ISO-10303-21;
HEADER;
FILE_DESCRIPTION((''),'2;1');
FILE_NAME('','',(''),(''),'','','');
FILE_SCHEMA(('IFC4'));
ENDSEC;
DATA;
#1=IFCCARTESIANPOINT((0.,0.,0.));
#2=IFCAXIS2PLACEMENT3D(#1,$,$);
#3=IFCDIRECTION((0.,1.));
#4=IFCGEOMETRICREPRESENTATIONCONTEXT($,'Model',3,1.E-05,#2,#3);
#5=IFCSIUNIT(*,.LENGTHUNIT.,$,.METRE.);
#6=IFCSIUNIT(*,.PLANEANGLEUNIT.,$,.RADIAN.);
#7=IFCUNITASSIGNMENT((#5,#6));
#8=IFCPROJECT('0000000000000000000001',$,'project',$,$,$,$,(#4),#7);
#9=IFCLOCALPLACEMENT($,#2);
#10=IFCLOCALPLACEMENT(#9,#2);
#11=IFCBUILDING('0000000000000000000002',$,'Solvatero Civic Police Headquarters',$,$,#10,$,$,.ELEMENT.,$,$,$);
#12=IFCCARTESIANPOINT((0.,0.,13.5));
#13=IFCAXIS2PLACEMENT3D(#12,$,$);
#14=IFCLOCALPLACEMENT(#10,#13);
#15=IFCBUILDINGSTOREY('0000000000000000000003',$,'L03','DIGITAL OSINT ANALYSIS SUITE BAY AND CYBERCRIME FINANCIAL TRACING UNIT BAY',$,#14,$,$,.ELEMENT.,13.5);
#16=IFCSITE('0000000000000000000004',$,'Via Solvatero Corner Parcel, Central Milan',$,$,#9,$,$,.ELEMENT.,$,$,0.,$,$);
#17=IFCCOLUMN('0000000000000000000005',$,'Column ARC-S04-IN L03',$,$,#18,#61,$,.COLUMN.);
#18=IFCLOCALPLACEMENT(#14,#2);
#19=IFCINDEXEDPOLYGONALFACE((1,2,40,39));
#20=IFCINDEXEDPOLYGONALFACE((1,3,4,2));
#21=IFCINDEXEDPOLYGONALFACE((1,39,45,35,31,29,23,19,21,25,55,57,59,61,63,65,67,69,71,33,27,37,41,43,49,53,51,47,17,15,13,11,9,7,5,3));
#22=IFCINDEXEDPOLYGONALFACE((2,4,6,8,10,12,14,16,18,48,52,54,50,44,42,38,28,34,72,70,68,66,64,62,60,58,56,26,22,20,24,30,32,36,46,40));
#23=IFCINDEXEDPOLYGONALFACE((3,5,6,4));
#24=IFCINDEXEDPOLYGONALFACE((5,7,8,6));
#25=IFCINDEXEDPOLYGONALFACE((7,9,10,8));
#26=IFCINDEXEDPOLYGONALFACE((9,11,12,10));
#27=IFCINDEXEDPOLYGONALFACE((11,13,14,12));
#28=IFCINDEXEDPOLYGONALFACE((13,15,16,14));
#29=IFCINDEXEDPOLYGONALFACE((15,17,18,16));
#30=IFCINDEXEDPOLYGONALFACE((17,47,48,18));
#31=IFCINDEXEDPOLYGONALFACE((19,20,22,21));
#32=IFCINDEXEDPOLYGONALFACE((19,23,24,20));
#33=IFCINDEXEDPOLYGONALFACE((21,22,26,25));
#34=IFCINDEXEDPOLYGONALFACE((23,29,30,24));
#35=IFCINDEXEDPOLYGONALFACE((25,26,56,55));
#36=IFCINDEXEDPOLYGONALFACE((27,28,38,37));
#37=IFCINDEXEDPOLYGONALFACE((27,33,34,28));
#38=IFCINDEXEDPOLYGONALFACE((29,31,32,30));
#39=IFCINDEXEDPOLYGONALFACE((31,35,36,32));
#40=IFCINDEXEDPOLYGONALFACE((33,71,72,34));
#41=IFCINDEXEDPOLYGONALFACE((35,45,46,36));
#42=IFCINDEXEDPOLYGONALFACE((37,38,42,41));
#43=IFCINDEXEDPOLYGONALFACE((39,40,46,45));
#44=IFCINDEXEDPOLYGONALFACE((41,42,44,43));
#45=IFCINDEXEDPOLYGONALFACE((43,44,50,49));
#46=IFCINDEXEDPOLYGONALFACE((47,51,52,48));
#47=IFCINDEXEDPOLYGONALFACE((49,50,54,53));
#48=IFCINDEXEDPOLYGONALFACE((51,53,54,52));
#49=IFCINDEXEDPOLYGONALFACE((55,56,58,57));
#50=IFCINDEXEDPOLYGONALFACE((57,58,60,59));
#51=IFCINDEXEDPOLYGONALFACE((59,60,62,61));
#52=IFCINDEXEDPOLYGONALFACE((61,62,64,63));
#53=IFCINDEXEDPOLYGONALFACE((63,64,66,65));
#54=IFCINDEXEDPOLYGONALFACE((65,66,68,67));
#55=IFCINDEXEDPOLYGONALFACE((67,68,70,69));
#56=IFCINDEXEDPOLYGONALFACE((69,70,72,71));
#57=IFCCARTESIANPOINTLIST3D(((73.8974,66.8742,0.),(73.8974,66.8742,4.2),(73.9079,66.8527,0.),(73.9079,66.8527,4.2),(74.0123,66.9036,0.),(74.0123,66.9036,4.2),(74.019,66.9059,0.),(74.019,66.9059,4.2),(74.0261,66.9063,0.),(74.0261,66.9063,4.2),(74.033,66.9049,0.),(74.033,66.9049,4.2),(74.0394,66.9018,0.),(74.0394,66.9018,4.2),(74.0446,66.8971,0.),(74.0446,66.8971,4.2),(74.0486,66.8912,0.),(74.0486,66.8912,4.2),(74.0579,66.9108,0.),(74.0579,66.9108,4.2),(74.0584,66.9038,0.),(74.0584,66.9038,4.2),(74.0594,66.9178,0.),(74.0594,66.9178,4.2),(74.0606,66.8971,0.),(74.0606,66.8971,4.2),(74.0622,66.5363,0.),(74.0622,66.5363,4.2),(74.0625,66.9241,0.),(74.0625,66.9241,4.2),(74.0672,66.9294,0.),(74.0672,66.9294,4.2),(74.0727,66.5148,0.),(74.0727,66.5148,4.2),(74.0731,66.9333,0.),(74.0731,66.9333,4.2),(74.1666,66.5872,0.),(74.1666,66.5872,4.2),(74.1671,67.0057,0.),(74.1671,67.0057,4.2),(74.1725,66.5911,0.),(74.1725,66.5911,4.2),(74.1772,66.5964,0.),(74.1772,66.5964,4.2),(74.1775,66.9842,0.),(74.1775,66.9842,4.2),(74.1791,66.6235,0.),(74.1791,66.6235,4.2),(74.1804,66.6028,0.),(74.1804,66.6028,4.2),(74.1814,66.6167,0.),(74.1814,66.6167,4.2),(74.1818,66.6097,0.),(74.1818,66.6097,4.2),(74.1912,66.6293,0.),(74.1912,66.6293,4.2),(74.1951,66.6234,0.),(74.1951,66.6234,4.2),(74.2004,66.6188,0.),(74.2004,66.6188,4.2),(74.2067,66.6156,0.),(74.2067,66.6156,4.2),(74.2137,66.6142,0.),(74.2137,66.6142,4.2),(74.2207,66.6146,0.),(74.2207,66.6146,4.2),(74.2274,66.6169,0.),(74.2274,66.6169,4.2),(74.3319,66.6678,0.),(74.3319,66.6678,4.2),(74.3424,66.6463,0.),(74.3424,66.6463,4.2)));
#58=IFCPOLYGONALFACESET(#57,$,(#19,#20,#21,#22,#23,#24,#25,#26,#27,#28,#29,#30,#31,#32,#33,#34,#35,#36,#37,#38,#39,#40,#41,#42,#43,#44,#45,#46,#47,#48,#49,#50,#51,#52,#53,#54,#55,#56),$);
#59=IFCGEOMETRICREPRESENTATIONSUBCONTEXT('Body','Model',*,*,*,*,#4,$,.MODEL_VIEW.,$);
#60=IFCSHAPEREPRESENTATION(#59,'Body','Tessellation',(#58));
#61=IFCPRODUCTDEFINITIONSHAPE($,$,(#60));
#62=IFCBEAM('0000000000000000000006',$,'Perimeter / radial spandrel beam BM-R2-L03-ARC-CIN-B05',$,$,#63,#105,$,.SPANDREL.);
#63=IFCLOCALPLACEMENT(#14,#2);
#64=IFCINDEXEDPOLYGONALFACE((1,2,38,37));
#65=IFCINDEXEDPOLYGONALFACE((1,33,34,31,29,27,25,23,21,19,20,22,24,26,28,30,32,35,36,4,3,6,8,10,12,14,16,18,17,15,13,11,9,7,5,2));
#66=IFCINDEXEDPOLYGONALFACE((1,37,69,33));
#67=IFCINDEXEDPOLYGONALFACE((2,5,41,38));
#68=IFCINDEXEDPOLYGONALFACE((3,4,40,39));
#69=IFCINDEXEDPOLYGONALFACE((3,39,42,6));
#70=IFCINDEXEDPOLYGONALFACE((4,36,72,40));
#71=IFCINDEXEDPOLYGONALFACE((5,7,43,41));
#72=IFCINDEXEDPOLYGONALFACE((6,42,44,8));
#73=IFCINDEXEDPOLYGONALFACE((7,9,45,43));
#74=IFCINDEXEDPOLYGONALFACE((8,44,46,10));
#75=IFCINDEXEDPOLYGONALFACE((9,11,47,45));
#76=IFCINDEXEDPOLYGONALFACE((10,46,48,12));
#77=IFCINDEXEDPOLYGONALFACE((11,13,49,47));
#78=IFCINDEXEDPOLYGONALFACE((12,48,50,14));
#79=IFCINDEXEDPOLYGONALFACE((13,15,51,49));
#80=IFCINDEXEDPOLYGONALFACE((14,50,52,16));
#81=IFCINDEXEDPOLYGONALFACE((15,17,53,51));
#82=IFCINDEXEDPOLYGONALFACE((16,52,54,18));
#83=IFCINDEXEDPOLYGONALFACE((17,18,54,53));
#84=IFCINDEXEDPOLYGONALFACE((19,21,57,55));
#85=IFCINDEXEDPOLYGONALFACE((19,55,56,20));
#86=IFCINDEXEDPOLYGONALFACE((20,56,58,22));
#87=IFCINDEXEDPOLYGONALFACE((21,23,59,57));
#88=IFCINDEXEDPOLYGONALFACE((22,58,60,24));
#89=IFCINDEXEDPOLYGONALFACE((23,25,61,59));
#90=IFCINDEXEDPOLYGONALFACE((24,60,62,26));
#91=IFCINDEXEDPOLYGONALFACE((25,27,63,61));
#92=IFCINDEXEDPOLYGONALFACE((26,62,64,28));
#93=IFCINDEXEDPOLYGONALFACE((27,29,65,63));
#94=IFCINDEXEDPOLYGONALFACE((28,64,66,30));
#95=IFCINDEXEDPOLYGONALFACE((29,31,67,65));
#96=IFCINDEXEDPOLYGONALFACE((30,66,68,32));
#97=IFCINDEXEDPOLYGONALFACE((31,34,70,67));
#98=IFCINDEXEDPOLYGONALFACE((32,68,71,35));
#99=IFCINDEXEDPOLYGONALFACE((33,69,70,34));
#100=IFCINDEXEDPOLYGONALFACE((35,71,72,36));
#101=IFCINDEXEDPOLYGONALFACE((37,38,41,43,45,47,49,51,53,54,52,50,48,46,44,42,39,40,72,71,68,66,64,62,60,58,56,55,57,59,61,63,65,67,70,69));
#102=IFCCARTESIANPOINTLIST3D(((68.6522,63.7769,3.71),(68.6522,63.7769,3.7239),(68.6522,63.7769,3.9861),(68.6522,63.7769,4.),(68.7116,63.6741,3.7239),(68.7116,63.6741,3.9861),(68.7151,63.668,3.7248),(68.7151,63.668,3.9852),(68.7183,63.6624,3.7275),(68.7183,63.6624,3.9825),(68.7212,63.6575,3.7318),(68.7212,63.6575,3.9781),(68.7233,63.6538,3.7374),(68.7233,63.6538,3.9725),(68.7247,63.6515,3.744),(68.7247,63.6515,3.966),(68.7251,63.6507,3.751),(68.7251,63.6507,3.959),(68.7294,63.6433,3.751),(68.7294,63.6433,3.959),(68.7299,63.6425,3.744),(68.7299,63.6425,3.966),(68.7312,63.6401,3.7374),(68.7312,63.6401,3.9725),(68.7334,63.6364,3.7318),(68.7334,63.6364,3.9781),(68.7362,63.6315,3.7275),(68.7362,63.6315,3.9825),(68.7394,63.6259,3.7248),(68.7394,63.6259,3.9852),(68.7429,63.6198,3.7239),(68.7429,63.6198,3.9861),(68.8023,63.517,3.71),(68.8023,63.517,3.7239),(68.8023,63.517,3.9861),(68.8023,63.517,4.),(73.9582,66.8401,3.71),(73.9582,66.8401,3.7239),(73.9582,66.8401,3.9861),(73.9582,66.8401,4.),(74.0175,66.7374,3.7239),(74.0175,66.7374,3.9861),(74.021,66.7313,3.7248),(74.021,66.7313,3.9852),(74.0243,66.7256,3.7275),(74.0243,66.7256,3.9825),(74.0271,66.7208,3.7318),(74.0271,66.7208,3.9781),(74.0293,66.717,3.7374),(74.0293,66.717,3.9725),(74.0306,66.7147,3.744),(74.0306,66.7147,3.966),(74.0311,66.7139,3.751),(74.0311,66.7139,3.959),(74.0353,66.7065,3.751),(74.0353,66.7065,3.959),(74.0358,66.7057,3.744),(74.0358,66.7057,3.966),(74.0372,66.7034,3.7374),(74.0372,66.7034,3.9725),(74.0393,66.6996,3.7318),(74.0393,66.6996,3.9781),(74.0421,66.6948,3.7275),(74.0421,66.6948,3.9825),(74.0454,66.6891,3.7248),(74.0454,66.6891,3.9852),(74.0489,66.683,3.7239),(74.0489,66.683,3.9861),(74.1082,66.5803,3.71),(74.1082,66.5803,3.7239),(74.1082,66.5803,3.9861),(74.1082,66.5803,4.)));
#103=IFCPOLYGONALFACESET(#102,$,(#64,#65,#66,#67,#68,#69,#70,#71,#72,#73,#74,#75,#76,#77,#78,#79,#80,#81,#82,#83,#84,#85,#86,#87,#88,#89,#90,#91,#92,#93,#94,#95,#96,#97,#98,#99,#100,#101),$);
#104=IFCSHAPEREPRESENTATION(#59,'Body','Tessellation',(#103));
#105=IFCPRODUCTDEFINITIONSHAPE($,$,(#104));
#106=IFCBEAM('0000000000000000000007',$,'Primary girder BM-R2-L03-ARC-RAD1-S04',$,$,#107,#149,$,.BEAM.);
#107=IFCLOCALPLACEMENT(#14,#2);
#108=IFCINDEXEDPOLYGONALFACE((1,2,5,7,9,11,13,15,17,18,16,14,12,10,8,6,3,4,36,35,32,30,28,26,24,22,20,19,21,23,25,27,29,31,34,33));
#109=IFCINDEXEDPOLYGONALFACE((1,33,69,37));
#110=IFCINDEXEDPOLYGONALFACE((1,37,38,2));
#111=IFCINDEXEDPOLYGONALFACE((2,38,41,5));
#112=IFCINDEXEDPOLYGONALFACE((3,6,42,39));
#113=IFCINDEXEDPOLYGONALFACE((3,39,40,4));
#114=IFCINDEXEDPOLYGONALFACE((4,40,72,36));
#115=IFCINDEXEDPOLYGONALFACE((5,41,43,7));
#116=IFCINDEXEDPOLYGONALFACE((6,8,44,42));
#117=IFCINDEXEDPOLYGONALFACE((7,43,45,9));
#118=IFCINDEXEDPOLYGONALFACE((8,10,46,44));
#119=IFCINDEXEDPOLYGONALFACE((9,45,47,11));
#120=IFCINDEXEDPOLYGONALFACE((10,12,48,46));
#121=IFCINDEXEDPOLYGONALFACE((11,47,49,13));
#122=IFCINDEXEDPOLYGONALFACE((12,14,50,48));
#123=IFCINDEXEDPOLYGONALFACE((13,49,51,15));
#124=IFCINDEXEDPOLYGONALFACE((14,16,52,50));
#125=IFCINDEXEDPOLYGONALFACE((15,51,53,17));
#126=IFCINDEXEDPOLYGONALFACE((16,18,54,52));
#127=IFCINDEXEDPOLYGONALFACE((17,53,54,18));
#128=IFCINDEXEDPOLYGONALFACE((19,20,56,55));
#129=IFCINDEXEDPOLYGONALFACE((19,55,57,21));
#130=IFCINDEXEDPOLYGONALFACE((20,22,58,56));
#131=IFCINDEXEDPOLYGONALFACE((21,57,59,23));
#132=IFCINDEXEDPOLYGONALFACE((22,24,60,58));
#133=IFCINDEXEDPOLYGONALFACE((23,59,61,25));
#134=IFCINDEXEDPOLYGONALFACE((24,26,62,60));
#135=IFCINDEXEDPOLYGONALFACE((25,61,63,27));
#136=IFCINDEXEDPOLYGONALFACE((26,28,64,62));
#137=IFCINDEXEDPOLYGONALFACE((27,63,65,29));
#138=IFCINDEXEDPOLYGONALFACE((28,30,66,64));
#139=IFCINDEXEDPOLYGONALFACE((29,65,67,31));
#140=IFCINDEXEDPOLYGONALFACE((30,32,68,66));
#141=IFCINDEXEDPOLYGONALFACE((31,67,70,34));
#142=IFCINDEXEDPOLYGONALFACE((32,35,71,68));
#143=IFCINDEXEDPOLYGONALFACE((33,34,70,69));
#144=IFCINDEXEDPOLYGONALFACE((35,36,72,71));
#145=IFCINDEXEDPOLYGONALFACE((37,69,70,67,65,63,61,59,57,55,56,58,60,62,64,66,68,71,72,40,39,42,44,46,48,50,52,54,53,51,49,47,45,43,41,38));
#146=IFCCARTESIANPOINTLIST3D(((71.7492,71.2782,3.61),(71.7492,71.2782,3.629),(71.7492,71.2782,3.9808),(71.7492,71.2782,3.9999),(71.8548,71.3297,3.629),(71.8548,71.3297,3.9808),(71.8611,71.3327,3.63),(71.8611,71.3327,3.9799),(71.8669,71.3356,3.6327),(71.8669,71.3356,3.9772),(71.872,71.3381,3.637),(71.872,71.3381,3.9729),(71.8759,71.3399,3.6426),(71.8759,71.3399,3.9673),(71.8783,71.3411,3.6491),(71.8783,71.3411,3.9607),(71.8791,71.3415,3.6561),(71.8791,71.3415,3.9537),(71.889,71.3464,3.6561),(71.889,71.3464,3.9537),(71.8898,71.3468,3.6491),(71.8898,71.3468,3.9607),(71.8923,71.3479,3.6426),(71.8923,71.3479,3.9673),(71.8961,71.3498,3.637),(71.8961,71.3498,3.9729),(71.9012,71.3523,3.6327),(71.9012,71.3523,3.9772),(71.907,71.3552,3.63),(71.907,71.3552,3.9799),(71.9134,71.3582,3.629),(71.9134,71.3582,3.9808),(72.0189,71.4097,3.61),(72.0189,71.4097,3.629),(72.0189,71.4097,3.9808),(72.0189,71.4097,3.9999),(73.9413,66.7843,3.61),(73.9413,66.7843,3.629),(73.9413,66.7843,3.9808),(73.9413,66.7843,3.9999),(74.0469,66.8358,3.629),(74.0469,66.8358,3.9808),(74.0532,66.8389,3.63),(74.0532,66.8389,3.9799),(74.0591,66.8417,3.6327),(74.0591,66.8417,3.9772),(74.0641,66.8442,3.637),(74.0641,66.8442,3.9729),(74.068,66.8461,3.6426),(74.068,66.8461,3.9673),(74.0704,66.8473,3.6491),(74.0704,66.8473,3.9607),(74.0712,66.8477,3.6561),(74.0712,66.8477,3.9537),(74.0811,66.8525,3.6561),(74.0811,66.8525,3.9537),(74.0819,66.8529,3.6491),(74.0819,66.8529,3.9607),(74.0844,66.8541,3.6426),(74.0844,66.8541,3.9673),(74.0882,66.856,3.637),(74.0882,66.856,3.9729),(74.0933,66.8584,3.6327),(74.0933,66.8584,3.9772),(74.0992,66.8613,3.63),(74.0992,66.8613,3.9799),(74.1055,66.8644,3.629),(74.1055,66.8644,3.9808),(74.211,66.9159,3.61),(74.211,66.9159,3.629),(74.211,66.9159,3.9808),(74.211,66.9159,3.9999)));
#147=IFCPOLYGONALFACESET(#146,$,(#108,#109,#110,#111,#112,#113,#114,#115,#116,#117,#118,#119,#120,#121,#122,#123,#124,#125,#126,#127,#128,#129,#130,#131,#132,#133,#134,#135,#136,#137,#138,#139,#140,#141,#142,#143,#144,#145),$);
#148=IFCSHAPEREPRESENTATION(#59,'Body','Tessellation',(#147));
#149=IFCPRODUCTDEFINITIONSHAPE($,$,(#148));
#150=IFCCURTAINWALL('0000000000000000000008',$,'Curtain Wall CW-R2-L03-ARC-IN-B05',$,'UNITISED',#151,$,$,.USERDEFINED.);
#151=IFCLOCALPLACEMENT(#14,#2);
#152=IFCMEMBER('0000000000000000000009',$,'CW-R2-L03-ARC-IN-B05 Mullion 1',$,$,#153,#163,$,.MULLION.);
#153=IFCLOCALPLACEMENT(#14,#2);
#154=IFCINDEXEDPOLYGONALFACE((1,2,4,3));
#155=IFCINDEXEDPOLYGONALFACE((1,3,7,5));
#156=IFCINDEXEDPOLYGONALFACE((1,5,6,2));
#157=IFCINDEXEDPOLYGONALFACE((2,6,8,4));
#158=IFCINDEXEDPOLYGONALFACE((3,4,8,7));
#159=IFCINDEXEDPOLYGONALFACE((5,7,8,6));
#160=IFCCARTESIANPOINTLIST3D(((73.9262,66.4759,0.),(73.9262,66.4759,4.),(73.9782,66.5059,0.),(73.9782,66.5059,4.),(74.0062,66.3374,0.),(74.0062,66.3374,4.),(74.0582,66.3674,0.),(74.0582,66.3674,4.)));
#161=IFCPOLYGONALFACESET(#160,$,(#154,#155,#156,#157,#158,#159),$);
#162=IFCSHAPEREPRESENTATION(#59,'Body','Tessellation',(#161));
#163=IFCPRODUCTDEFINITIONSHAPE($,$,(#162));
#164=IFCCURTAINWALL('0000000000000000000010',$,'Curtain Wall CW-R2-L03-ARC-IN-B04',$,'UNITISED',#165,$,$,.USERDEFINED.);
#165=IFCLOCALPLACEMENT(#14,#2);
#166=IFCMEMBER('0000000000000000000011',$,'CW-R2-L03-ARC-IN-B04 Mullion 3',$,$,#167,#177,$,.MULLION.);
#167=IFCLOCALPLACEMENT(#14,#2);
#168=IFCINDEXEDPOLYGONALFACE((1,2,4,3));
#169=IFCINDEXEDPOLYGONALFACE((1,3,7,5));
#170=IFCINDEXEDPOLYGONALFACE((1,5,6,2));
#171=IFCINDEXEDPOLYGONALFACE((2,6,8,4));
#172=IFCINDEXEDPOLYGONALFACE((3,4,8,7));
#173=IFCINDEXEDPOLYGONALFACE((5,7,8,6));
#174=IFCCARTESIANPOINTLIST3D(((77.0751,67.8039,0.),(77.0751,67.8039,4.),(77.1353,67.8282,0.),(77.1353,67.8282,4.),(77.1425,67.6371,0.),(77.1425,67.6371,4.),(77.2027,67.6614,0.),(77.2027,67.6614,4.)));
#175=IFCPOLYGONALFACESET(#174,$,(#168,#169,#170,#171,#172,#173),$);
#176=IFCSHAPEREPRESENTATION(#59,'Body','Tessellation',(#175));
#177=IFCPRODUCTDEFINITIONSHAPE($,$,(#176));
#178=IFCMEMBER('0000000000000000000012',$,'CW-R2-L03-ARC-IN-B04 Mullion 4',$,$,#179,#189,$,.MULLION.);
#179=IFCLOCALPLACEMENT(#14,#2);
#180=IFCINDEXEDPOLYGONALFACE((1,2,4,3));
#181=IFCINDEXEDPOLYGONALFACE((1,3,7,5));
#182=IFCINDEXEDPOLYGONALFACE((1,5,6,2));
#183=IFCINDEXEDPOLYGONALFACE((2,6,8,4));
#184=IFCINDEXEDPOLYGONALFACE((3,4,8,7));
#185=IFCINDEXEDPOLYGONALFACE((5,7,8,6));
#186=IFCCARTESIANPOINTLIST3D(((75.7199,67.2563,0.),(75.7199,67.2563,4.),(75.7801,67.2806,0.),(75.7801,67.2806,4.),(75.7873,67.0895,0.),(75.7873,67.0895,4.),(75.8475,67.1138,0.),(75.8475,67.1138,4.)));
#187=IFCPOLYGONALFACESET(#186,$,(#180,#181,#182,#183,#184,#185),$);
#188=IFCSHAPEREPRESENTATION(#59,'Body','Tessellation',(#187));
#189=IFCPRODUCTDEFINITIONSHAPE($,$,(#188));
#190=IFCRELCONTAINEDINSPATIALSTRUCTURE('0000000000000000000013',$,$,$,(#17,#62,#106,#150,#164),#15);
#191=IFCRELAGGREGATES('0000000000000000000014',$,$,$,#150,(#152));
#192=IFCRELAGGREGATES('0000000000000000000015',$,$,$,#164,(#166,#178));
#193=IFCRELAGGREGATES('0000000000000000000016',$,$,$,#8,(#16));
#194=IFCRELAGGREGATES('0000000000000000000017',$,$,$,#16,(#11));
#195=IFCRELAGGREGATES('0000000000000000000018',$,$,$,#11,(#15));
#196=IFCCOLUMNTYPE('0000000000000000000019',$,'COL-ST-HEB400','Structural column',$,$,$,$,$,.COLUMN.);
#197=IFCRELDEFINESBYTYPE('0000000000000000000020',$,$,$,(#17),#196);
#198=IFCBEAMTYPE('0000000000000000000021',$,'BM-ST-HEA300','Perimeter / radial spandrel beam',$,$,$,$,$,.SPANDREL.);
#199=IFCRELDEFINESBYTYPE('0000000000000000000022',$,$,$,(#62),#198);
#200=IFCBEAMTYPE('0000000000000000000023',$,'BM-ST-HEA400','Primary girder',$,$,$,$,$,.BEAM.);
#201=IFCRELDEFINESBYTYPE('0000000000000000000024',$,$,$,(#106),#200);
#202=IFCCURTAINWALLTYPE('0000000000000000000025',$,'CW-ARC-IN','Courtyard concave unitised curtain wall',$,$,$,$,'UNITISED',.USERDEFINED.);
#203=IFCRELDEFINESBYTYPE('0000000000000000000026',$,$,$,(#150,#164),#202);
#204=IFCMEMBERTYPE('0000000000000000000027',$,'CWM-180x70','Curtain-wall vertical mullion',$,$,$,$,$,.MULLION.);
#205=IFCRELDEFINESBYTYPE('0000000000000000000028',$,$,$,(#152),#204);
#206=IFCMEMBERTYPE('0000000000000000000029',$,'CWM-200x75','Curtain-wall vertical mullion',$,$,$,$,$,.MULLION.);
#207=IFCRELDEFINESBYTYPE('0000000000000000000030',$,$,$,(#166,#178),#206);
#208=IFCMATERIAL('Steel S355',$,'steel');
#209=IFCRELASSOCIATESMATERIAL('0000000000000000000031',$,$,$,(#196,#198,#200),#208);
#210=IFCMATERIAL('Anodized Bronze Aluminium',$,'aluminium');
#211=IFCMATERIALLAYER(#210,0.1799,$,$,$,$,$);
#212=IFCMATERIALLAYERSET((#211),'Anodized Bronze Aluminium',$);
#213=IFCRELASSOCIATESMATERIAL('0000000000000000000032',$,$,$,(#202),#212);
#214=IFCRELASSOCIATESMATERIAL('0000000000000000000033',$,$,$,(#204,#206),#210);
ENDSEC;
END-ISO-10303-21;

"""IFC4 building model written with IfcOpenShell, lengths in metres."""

from ifc_helpers import new_model, si_unit, direction, frame, origin, origin_2d, place, context, subcontext, project, spatial, rectangle, i_section, extrude, material, layer, layer_set, material_profile, profile_set, type_object, element, aggregate, save


model = new_model("IFC4")

# Units and contexts
model_context = context("Model", 3, precision=1e-05, world=origin(), true_north=direction((0.0, 1.0)))
body_context = subcontext(model_context, "Body", "Model", "MODEL_VIEW")
ifc_project = project(units=[si_unit("LENGTHUNIT", "METRE"), si_unit("PLANEANGLEUNIT", "RADIAN")], contexts=[model_context])

# Site, building, storey
site_placement = place(None, origin())
site = spatial("IfcSite", under=ifc_project, at=site_placement, Name="Via Solvatero Corner Parcel, Central Milan", CompositionType="ELEMENT", RefElevation=0.0)
building_placement = place(site_placement, origin())
building = spatial("IfcBuilding", under=site, at=building_placement, Name="Solvatero Civic Police Headquarters", CompositionType="ELEMENT")
storey_placement = place(building_placement, frame((0.0, 0.0, 13.5)))
storey = spatial("IfcBuildingStorey", under=building, at=storey_placement, Name="L03", Description="DIGITAL OSINT ANALYSIS SUITE BAY AND CYBERCRIME FINANCIAL TRACING UNIT BAY", CompositionType="ELEMENT", Elevation=13.5)

# Column
ifc_material_1 = material(Name="Steel S355", Category="steel")
ifc_material_profile_1 = material_profile(ifc_material_1, i_section(OverallWidth=0.3, OverallDepth=0.3999, WebThickness=0.0134, FlangeThickness=0.0239, FilletRadius=0.0271, at=origin_2d()), Name="HEB 400")
ifc_profile_set_1 = profile_set([ifc_material_profile_1], Name="Steel S355")
column_type = type_object("IfcColumnType", Name="COL-ST-HEB400", Description="Structural column", PredefinedType="COLUMN", material=ifc_profile_set_1)
column_placement = place(storey_placement, frame((74.1199, 66.7603, 0.0), z_axis=(0.0, 0.0, 1.0), x_axis=(0.898794, 0.438371, 0.0)))
element("IfcColumn", 1, at=column_placement, inside=storey, type_object=column_type, Name="Column ARC-S04-IN L03", PredefinedType="COLUMN", context=body_context, shape_type="SweptSolid", body=[
    extrude(i_section(OverallWidth=0.3, OverallDepth=0.3999, WebThickness=0.0134, FlangeThickness=0.0239, FilletRadius=0.0271, at=origin_2d()), origin(), (0.0, 0.0, 1.0), 4.2),
])

# Beams
ifc_material_profile_2 = material_profile(ifc_material_1, i_section(OverallWidth=0.3, OverallDepth=0.29, WebThickness=0.0085, FlangeThickness=0.0139, FilletRadius=0.0271, at=origin_2d()), Name="HEA 300")
ifc_profile_set_2 = profile_set([ifc_material_profile_2], Name="Steel S355")
beam_type_1 = type_object("IfcBeamType", Name="BM-ST-HEA300", Description="Perimeter / radial spandrel beam", PredefinedType="SPANDREL", material=ifc_profile_set_2)
beam_1_placement = place(storey_placement, frame((74.0332, 66.7102, 3.855), z_axis=(-0.866035, -0.499983, 0.0), x_axis=(0.499983, -0.866035, 0.0)))
element("IfcBeam", 2, at=beam_1_placement, inside=storey, type_object=beam_type_1, Name="Perimeter / radial spandrel beam BM-R2-L03-ARC-CIN-B05", PredefinedType="SPANDREL", context=body_context, shape_type="SweptSolid", body=[
    extrude(i_section(OverallWidth=0.3, OverallDepth=0.29, WebThickness=0.0085, FlangeThickness=0.0139, FilletRadius=0.0271, at=origin_2d()), origin(), (0.0, 0.0, 1.0), 6.1267),
])
ifc_material_profile_3 = material_profile(ifc_material_1, i_section(OverallWidth=0.3, OverallDepth=0.3899, WebThickness=0.011, FlangeThickness=0.019, FilletRadius=0.0271, at=origin_2d()), Name="HEA 400")
ifc_profile_set_3 = profile_set([ifc_material_profile_3], Name="Steel S355")
beam_type_2 = type_object("IfcBeamType", Name="BM-ST-HEA400", Description="Primary girder", PredefinedType="BEAM", material=ifc_profile_set_3)
beam_2_placement = place(storey_placement, frame((74.0762, 66.8501, 3.8049), z_axis=(-0.438423, 0.898769, 0.0), x_axis=(-0.898769, -0.438423, 0.0)))
element("IfcBeam", 3, at=beam_2_placement, inside=storey, type_object=beam_type_2, Name="Primary girder BM-R2-L03-ARC-RAD1-S04", PredefinedType="BEAM", context=body_context, shape_type="SweptSolid", body=[
    extrude(i_section(OverallWidth=0.3, OverallDepth=0.3899, WebThickness=0.011, FlangeThickness=0.019, FilletRadius=0.0271, at=origin_2d()), origin(), (0.0, 0.0, 1.0), 5.0),
])

# Curtain wall, member
ifc_material_2 = material(Name="Anodized Bronze Aluminium", Category="aluminium")
ifc_layer_1 = layer(ifc_material_2, 0.1799)
ifc_layer_set_1 = layer_set([ifc_layer_1], Name="Anodized Bronze Aluminium")
curtain_wall_type = type_object("IfcCurtainWallType", Name="CW-ARC-IN", Description="Courtyard concave unitised curtain wall", ElementType="UNITISED", PredefinedType="USERDEFINED", material=ifc_layer_set_1)
curtain_wall_1_placement = place(storey_placement, origin())
curtain_wall_1 = element("IfcCurtainWall", 4, at=curtain_wall_1_placement, inside=storey, type_object=curtain_wall_type, Name="Curtain Wall CW-R2-L03-ARC-IN-B05", ObjectType="UNITISED", PredefinedType="USERDEFINED")
ifc_material_profile_4 = material_profile(ifc_material_2, rectangle(XDim=0.0601, YDim=0.1599, at=origin_2d()), Name="ALU MULLION 60x160")
ifc_profile_set_4 = profile_set([ifc_material_profile_4], Name="Anodized Bronze Aluminium")
member_type_1 = type_object("IfcMemberType", Name="CWM-180x70", Description="Curtain-wall vertical mullion", PredefinedType="MULLION", material=ifc_profile_set_4)
member_1_placement = place(storey_placement, frame((73.9922, 66.4216, 0.0), z_axis=(0.0, 0.0, 1.0), x_axis=(-0.866025, -0.5, 0.0)))
member_1 = element("IfcMember", 5, at=member_1_placement, type_object=member_type_1, Name="CW-R2-L03-ARC-IN-B05 Mullion 1", PredefinedType="MULLION", context=body_context, shape_type="SweptSolid", body=[
    extrude(rectangle(XDim=0.0601, YDim=0.1599, at=origin_2d()), origin(), (0.0, 0.0, 1.0), 4.0),
])

# Curtain wall, members
curtain_wall_2_placement = place(storey_placement, origin())
curtain_wall_2 = element("IfcCurtainWall", 6, at=curtain_wall_2_placement, inside=storey, type_object=curtain_wall_type, Name="Curtain Wall CW-R2-L03-ARC-IN-B04", ObjectType="UNITISED", PredefinedType="USERDEFINED")
ifc_material_profile_5 = material_profile(ifc_material_2, rectangle(XDim=0.0649, YDim=0.1799, at=origin_2d()), Name="ALU MULLION 65x180")
ifc_profile_set_5 = profile_set([ifc_material_profile_5], Name="Anodized Bronze Aluminium")
member_type_2 = type_object("IfcMemberType", Name="CWM-200x75", Description="Curtain-wall vertical mullion", PredefinedType="MULLION", material=ifc_profile_set_5)
member_2_placement = place(storey_placement, frame((77.1389, 67.7327, 0.0), z_axis=(0.0, 0.0, 1.0), x_axis=(-0.927184, -0.374607, 0.0)))
member_2 = element("IfcMember", 7, at=member_2_placement, type_object=member_type_2, Name="CW-R2-L03-ARC-IN-B04 Mullion 3", PredefinedType="MULLION", context=body_context, shape_type="SweptSolid", body=[
    extrude(rectangle(XDim=0.0649, YDim=0.1799, at=origin_2d()), origin(), (0.0, 0.0, 1.0), 4.0),
])
member_3_placement = place(storey_placement, frame((75.7837, 67.1851, 0.0), z_axis=(0.0, 0.0, 1.0), x_axis=(-0.927184, -0.374607, 0.0)))
member_3 = element("IfcMember", 8, at=member_3_placement, type_object=member_type_2, Name="CW-R2-L03-ARC-IN-B04 Mullion 4", PredefinedType="MULLION", context=body_context, shape_type="SweptSolid", body=[
    extrude(rectangle(XDim=0.0649, YDim=0.1799, at=origin_2d()), origin(), (0.0, 0.0, 1.0), 4.0),
])

aggregate(curtain_wall_1, [member_1])

aggregate(curtain_wall_2, [member_2, member_3])

save(model, "model.ifc")
